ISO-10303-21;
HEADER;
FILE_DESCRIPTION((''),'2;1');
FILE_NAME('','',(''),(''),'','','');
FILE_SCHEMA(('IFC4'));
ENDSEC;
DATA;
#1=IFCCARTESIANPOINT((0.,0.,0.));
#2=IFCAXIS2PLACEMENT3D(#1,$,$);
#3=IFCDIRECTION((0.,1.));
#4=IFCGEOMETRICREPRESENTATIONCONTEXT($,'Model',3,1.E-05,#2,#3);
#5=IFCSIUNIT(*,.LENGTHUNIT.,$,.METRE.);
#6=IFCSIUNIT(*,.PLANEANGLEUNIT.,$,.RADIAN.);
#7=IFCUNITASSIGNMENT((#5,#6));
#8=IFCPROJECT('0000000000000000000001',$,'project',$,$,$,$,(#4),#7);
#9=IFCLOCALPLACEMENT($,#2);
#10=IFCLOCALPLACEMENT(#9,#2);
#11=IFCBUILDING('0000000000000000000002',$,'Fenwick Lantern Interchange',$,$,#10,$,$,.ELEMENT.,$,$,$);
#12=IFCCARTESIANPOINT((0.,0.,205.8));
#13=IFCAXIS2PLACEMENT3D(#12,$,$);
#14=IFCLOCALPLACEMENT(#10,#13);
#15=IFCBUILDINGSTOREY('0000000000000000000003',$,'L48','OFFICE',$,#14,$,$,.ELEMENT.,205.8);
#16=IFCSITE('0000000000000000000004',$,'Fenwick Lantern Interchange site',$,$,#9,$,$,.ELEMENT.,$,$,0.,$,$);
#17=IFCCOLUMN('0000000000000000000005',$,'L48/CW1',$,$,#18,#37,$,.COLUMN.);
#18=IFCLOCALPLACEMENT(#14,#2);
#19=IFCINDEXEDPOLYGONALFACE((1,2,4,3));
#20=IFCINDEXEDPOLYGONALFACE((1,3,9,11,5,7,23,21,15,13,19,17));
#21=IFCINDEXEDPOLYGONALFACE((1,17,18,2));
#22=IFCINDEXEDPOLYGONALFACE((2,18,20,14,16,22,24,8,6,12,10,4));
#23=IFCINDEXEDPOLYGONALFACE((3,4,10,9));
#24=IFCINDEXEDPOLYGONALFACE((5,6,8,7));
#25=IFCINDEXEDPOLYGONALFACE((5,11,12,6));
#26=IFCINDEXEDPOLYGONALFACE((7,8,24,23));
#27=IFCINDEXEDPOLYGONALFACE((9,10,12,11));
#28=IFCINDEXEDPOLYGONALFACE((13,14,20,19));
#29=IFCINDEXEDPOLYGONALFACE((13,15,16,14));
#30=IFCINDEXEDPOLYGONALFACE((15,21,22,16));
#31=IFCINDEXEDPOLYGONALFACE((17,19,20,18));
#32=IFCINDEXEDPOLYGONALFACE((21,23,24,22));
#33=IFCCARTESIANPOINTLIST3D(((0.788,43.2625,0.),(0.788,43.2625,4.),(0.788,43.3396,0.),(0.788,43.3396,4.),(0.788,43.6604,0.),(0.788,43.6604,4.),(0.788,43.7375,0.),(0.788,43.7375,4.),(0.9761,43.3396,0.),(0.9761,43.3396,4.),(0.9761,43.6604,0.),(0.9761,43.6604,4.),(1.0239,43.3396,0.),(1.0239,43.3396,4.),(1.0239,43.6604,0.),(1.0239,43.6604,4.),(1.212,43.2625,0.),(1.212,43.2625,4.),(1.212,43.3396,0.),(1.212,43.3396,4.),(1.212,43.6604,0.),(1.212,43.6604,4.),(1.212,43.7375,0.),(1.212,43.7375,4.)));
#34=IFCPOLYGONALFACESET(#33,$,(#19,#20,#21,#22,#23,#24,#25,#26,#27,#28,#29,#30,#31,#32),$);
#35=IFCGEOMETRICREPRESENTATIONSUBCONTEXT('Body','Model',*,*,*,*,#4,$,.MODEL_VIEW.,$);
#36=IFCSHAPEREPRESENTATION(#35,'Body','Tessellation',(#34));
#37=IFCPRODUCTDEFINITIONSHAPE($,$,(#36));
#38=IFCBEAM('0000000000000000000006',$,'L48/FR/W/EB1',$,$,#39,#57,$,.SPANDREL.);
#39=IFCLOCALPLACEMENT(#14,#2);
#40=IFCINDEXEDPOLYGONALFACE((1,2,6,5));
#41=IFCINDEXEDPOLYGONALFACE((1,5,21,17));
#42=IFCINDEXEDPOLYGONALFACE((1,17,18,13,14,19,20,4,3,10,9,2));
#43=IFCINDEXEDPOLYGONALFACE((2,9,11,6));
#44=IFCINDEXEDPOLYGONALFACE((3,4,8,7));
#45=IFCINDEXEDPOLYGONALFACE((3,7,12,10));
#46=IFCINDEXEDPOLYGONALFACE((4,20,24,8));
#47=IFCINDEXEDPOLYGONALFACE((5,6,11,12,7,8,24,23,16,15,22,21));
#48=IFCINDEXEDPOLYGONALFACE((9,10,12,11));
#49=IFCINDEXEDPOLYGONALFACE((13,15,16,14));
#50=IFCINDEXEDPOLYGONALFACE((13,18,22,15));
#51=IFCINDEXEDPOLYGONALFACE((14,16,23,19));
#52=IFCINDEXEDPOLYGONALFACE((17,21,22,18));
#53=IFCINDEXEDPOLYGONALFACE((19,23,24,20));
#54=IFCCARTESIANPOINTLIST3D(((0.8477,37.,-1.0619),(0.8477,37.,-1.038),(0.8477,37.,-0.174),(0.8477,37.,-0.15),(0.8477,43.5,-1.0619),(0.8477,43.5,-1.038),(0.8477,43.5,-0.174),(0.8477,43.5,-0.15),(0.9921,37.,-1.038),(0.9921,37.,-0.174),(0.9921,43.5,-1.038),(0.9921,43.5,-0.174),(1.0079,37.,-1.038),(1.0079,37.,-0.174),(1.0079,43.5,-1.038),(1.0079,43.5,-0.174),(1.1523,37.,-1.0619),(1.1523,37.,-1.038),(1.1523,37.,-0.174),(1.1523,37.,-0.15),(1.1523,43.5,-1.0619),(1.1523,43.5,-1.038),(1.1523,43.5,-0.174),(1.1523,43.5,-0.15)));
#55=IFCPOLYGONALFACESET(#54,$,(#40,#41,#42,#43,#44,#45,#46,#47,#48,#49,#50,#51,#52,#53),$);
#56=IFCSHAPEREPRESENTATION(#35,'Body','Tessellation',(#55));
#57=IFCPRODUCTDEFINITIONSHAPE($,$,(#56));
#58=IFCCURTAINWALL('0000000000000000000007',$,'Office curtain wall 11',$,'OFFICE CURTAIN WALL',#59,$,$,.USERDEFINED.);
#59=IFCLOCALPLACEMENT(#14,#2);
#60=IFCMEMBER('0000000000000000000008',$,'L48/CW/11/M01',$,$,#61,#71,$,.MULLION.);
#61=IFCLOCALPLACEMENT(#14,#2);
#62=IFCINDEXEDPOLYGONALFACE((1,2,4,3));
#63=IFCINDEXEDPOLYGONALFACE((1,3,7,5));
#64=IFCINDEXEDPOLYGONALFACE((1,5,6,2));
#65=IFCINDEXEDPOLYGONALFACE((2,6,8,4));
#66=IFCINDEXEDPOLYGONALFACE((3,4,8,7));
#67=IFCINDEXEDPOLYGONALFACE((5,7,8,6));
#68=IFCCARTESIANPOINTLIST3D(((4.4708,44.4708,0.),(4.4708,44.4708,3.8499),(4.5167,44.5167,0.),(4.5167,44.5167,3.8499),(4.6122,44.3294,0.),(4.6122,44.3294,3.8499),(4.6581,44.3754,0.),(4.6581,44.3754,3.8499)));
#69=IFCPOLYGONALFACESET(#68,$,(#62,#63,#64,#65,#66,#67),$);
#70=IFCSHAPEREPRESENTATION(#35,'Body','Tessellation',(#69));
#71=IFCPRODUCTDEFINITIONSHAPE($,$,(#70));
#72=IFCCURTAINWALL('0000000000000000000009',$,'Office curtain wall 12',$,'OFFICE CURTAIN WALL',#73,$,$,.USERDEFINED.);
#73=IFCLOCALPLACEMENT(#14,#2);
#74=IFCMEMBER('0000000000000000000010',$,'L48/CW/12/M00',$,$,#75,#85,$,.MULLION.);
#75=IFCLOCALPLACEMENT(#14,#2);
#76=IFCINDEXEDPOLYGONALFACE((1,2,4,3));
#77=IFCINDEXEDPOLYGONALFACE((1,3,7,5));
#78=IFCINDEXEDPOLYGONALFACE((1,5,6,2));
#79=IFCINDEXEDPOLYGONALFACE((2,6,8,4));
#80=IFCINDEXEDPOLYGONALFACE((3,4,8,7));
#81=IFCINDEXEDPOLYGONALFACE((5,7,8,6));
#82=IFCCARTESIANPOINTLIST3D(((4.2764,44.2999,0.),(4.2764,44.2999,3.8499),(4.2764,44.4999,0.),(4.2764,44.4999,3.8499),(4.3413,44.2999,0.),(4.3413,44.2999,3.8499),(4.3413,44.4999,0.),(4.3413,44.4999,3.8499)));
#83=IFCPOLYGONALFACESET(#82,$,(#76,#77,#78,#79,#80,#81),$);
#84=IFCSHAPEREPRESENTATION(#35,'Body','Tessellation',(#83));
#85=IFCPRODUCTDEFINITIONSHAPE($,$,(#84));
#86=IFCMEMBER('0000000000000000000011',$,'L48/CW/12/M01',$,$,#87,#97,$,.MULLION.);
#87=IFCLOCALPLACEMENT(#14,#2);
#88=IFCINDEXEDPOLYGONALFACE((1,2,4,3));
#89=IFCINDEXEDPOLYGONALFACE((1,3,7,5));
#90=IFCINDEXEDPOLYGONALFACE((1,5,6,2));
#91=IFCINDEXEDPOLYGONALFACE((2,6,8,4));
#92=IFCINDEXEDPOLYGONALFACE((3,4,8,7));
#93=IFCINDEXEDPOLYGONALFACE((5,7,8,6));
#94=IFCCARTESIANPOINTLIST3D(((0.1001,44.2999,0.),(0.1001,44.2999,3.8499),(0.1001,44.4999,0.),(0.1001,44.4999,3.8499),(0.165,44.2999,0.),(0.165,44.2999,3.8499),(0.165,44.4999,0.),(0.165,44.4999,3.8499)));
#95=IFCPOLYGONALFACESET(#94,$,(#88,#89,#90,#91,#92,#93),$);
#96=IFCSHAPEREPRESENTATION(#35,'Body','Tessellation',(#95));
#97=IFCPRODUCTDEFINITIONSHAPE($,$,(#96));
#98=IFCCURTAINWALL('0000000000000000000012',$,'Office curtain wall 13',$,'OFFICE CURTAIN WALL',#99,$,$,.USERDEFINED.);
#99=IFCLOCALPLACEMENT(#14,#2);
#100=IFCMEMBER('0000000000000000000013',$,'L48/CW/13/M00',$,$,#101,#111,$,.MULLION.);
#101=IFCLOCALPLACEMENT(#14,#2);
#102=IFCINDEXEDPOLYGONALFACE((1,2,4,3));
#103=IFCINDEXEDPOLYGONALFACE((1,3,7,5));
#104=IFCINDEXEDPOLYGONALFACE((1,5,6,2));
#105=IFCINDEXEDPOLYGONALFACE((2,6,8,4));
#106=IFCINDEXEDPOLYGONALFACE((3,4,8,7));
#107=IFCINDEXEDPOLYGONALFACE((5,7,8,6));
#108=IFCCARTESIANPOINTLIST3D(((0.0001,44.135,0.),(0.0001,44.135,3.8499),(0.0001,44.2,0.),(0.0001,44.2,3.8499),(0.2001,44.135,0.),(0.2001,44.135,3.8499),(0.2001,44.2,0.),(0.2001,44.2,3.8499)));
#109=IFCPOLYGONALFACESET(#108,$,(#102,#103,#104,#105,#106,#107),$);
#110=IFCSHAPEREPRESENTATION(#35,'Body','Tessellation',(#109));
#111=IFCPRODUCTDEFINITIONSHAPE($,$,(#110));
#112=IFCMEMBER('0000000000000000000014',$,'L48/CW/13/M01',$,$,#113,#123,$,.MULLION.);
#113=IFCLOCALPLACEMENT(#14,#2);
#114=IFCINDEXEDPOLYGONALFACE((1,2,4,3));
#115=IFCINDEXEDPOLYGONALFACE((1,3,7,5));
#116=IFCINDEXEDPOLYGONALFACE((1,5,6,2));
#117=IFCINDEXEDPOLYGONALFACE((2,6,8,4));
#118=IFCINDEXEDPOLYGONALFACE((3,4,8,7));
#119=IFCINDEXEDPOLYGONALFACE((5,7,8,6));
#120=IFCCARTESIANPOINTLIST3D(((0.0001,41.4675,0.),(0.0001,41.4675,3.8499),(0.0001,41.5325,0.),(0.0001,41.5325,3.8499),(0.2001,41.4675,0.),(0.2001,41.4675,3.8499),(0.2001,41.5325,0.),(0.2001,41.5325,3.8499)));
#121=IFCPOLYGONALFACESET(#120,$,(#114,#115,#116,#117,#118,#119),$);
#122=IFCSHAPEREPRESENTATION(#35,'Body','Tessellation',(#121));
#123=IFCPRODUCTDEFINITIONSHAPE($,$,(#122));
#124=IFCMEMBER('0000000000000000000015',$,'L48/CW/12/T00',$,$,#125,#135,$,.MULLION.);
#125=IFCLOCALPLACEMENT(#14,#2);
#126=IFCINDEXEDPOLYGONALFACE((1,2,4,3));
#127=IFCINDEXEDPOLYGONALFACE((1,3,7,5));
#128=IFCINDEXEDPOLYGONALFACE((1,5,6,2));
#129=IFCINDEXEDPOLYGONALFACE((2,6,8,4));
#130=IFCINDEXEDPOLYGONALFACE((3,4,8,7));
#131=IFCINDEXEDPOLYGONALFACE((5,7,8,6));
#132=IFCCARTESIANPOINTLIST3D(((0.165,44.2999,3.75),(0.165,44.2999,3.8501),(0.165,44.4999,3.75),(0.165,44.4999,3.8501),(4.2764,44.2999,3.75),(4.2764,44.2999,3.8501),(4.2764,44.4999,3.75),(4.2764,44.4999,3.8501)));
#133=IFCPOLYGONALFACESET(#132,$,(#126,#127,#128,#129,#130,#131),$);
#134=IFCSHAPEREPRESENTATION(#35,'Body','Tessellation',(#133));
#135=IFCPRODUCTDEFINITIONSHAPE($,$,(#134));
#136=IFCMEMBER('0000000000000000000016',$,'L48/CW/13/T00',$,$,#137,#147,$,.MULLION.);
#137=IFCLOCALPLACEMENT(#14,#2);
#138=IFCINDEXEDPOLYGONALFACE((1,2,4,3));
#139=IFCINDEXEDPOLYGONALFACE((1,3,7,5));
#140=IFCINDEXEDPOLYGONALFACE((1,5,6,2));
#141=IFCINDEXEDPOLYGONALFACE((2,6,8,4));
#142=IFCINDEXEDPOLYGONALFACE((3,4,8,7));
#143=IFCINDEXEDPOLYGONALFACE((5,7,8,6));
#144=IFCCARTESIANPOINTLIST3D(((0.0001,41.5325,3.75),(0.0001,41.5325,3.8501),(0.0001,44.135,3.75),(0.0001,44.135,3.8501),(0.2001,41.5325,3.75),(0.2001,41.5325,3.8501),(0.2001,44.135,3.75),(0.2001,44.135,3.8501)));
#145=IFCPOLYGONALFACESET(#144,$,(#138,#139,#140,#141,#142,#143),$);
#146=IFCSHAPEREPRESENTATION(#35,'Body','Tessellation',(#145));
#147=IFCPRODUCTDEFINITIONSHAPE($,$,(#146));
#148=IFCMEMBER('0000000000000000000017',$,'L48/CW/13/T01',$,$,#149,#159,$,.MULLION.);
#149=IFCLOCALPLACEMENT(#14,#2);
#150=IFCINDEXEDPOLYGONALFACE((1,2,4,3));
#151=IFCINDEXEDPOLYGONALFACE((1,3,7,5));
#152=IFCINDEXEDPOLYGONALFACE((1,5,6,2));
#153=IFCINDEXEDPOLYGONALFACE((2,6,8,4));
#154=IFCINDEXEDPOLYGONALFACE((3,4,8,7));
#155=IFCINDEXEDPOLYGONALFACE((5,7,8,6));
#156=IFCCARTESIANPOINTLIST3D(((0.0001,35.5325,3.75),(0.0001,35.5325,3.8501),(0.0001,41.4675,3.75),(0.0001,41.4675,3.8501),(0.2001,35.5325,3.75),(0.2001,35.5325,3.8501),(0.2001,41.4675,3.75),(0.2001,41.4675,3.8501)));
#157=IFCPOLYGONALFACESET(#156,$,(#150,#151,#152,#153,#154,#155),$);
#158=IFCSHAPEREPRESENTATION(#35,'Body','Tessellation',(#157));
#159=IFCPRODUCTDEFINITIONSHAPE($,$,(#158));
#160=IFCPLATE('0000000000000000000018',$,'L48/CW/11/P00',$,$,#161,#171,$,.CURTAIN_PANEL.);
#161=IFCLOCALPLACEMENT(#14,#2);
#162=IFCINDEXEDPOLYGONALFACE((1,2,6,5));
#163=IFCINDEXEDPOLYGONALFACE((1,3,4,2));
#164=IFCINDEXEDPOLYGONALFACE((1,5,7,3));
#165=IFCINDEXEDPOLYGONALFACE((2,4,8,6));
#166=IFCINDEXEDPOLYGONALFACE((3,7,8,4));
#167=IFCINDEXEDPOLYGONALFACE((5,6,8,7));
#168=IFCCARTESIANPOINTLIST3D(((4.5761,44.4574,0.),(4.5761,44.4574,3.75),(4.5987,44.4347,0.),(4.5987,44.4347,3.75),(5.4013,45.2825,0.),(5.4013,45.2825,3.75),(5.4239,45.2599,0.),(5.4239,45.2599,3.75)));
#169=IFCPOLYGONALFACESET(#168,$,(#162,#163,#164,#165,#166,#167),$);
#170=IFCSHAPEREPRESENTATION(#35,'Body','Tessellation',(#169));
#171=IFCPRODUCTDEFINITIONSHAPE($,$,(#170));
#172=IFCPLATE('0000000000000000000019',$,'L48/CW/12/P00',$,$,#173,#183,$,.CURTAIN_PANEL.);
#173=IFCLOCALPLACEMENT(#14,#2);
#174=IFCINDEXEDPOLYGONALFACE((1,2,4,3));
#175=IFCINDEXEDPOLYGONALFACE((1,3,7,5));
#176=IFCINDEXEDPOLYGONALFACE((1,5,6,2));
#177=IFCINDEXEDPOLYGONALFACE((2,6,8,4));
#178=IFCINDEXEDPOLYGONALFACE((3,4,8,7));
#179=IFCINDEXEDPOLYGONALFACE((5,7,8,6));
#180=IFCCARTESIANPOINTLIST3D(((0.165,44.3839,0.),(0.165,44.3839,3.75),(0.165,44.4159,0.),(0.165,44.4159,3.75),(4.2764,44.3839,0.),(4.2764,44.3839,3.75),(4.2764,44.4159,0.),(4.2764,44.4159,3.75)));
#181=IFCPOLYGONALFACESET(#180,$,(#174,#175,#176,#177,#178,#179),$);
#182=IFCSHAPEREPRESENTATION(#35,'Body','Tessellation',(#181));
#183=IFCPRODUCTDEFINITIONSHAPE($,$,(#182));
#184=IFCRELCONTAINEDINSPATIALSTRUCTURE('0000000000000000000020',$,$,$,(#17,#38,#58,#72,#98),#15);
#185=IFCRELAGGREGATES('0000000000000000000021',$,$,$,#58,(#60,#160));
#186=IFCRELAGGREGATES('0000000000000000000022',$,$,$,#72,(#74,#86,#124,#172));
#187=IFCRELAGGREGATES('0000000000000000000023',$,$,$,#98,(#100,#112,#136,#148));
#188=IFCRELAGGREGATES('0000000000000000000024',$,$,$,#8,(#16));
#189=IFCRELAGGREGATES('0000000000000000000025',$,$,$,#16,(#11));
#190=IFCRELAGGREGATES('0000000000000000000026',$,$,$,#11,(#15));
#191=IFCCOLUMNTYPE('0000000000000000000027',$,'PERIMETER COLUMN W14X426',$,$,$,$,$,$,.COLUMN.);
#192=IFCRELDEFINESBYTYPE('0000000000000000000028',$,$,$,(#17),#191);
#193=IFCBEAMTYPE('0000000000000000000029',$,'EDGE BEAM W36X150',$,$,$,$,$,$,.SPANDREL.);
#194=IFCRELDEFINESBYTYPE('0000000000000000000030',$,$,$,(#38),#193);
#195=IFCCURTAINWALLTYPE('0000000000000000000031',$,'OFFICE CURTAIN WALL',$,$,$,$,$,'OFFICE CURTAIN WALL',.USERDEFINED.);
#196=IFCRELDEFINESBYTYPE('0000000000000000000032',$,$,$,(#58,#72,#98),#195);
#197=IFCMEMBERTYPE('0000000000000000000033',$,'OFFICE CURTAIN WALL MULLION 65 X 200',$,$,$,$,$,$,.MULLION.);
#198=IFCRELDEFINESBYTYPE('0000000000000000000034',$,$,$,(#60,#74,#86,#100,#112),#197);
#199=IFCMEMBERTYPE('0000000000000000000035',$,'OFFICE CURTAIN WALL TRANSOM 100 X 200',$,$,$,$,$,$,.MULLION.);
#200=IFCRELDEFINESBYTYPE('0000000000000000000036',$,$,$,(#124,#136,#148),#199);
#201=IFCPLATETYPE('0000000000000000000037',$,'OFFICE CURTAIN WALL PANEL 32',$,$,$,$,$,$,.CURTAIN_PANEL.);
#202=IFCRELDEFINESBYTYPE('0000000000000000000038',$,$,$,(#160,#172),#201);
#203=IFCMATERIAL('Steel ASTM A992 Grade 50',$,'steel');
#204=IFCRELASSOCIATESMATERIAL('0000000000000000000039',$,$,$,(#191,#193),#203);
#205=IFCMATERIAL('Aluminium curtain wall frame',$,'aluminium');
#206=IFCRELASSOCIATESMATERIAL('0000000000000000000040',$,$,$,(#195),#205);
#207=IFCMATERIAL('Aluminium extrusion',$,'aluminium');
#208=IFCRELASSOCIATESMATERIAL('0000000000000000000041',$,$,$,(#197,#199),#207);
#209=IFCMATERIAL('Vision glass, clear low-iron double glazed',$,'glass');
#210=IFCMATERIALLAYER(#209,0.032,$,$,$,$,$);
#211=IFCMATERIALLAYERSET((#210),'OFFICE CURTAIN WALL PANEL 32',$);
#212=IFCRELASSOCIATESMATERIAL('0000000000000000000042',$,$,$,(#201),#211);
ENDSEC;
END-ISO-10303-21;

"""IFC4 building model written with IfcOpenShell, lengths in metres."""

from ifc_helpers import new_model, si_unit, direction, frame, origin, origin_2d, place, context, subcontext, project, spatial, rectangle, i_section, extrude, material, layer, layer_set, material_profile, profile_set, type_object, element, aggregate, save


model = new_model("IFC4")

# Units and contexts
model_context = context("Model", 3, precision=1e-05, world=origin(), true_north=direction((0.0, 1.0)))
body_context = subcontext(model_context, "Body", "Model", "MODEL_VIEW")
ifc_project = project(units=[si_unit("LENGTHUNIT", "METRE"), si_unit("PLANEANGLEUNIT", "RADIAN")], contexts=[model_context])

# Site, building, storey
site_placement = place(None, origin())
site = spatial("IfcSite", under=ifc_project, at=site_placement, Name="Fenwick Lantern Interchange site", CompositionType="ELEMENT", RefElevation=0.0)
building_placement = place(site_placement, origin())
building = spatial("IfcBuilding", under=site, at=building_placement, Name="Fenwick Lantern Interchange", CompositionType="ELEMENT")
storey_placement = place(building_placement, frame((0.0, 0.0, 205.8)))
storey = spatial("IfcBuildingStorey", under=building, at=storey_placement, Name="L48", Description="OFFICE", CompositionType="ELEMENT", Elevation=205.8)

# Column
ifc_material_1 = material(Name="Steel ASTM A992 Grade 50", Category="steel")
ifc_material_profile_1 = material_profile(ifc_material_1, i_section(OverallWidth=0.4241, OverallDepth=0.4751, WebThickness=0.0479, FlangeThickness=0.0771, at=origin_2d()), Name="W14X426")
ifc_profile_set_1 = profile_set([ifc_material_profile_1], Name="Steel ASTM A992 Grade 50")
column_type = type_object("IfcColumnType", Name="PERIMETER COLUMN W14X426", PredefinedType="COLUMN", material=ifc_profile_set_1)
column_placement = place(storey_placement, frame((1.0, 43.5, 0.0), z_axis=(0.0, 0.0, 1.0), x_axis=(1.0, 0.0, 0.0)))
element("IfcColumn", 1, at=column_placement, inside=storey, type_object=column_type, Name="L48/CW1", PredefinedType="COLUMN", context=body_context, shape_type="SweptSolid", body=[
    extrude(i_section(OverallWidth=0.4241, OverallDepth=0.4751, WebThickness=0.0479, FlangeThickness=0.0771, at=origin_2d()), origin(), (0.0, 0.0, 1.0), 4.0),
])

# Beam
ifc_material_profile_2 = material_profile(ifc_material_1, i_section(OverallWidth=0.3047, OverallDepth=0.9119, WebThickness=0.0159, FlangeThickness=0.0239, at=origin_2d()), Name="W36X150")
ifc_profile_set_2 = profile_set([ifc_material_profile_2], Name="Steel ASTM A992 Grade 50")
beam_type = type_object("IfcBeamType", Name="EDGE BEAM W36X150", PredefinedType="SPANDREL", material=ifc_profile_set_2)
beam_placement = place(storey_placement, frame((1.0, 43.5, -0.606), z_axis=(0.0, -1.0, 0.0), x_axis=(1.0, 0.0, 0.0)))
element("IfcBeam", 2, at=beam_placement, inside=storey, type_object=beam_type, Name="L48/FR/W/EB1", PredefinedType="SPANDREL", context=body_context, shape_type="SweptSolid", body=[
    extrude(i_section(OverallWidth=0.3047, OverallDepth=0.9119, WebThickness=0.0159, FlangeThickness=0.0239, at=origin_2d()), origin(), (0.0, 0.0, 1.0), 6.5),
])

# Curtain wall, member
ifc_material_2 = material(Name="Aluminium curtain wall frame", Category="aluminium")
curtain_wall_type = type_object("IfcCurtainWallType", Name="OFFICE CURTAIN WALL", ElementType="OFFICE CURTAIN WALL", PredefinedType="USERDEFINED", material=ifc_material_2)
curtain_wall_1_placement = place(storey_placement, origin())
curtain_wall_1 = element("IfcCurtainWall", 3, at=curtain_wall_1_placement, inside=storey, type_object=curtain_wall_type, Name="Office curtain wall 11", ObjectType="OFFICE CURTAIN WALL", PredefinedType="USERDEFINED")
ifc_material_3 = material(Name="Aluminium extrusion", Category="aluminium")
ifc_material_profile_3 = material_profile(ifc_material_3, rectangle(XDim=0.2, YDim=0.0649, at=origin_2d()), Name="OFFICE CURTAIN WALL MULLION 65 X 200")
ifc_profile_set_3 = profile_set([ifc_material_profile_3], Name="Aluminium extrusion")
member_type_1 = type_object("IfcMemberType", Name="OFFICE CURTAIN WALL MULLION 65 X 200", PredefinedType="MULLION", material=ifc_profile_set_3)
member_1_placement = place(storey_placement, frame((4.5645, 44.4231, 0.0), z_axis=(0.0, 0.0, 1.0), x_axis=(0.707107, -0.707107, 0.0)))
member_1 = element("IfcMember", 4, at=member_1_placement, type_object=member_type_1, Name="L48/CW/11/M01", PredefinedType="MULLION", context=body_context, shape_type="SweptSolid", body=[
    extrude(rectangle(XDim=0.2, YDim=0.0649, at=origin_2d()), origin(), (0.0, 0.0, 1.0), 3.8499),
])

# Curtain walls, members
curtain_wall_2_placement = place(storey_placement, origin())
curtain_wall_2 = element("IfcCurtainWall", 5, at=curtain_wall_2_placement, inside=storey, type_object=curtain_wall_type, Name="Office curtain wall 12", ObjectType="OFFICE CURTAIN WALL", PredefinedType="USERDEFINED")
member_2_placement = place(storey_placement, frame((4.3088, 44.3999, 0.0), z_axis=(0.0, 0.0, 1.0), x_axis=(0.0, -1.0, 0.0)))
member_2 = element("IfcMember", 6, at=member_2_placement, type_object=member_type_1, Name="L48/CW/12/M00", PredefinedType="MULLION", context=body_context, shape_type="SweptSolid", body=[
    extrude(rectangle(XDim=0.2, YDim=0.0649, at=origin_2d()), origin(), (0.0, 0.0, 1.0), 3.8499),
])
member_3_placement = place(storey_placement, frame((0.1326, 44.3999, 0.0), z_axis=(0.0, 0.0, 1.0), x_axis=(0.0, -1.0, 0.0)))
member_3 = element("IfcMember", 7, at=member_3_placement, type_object=member_type_1, Name="L48/CW/12/M01", PredefinedType="MULLION", context=body_context, shape_type="SweptSolid", body=[
    extrude(rectangle(XDim=0.2, YDim=0.0649, at=origin_2d()), origin(), (0.0, 0.0, 1.0), 3.8499),
])
curtain_wall_3_placement = place(storey_placement, origin())
curtain_wall_3 = element("IfcCurtainWall", 8, at=curtain_wall_3_placement, inside=storey, type_object=curtain_wall_type, Name="Office curtain wall 13", ObjectType="OFFICE CURTAIN WALL", PredefinedType="USERDEFINED")
member_4_placement = place(storey_placement, frame((0.1001, 44.1675, 0.0), z_axis=(0.0, 0.0, 1.0), x_axis=(1.0, 0.0, 0.0)))
member_4 = element("IfcMember", 9, at=member_4_placement, type_object=member_type_1, Name="L48/CW/13/M00", PredefinedType="MULLION", context=body_context, shape_type="SweptSolid", body=[
    extrude(rectangle(XDim=0.2, YDim=0.0649, at=origin_2d()), origin(), (0.0, 0.0, 1.0), 3.8499),
])
member_5_placement = place(storey_placement, frame((0.1001, 41.5, 0.0), z_axis=(0.0, 0.0, 1.0), x_axis=(1.0, 0.0, 0.0)))
member_5 = element("IfcMember", 10, at=member_5_placement, type_object=member_type_1, Name="L48/CW/13/M01", PredefinedType="MULLION", context=body_context, shape_type="SweptSolid", body=[
    extrude(rectangle(XDim=0.2, YDim=0.0649, at=origin_2d()), origin(), (0.0, 0.0, 1.0), 3.8499),
])

# Members
ifc_material_profile_4 = material_profile(ifc_material_3, rectangle(XDim=0.2, YDim=0.1001, at=origin_2d()), Name="OFFICE CURTAIN WALL TRANSOM 100 X 200")
ifc_profile_set_4 = profile_set([ifc_material_profile_4], Name="Aluminium extrusion")
member_type_2 = type_object("IfcMemberType", Name="OFFICE CURTAIN WALL TRANSOM 100 X 200", PredefinedType="MULLION", material=ifc_profile_set_4)
member_6_placement = place(storey_placement, frame((4.2764, 44.3999, 3.8), z_axis=(-1.0, 0.0, 0.0), x_axis=(0.0, -1.0, 0.0)))
member_6 = element("IfcMember", 11, at=member_6_placement, type_object=member_type_2, Name="L48/CW/12/T00", PredefinedType="MULLION", context=body_context, shape_type="SweptSolid", body=[
    extrude(rectangle(XDim=0.2, YDim=0.1001, at=origin_2d()), origin(), (0.0, 0.0, 1.0), 4.1113),
])
member_7_placement = place(storey_placement, frame((0.1001, 44.135, 3.8), z_axis=(0.0, -1.0, 0.0), x_axis=(1.0, 0.0, 0.0)))
member_7 = element("IfcMember", 12, at=member_7_placement, type_object=member_type_2, Name="L48/CW/13/T00", PredefinedType="MULLION", context=body_context, shape_type="SweptSolid", body=[
    extrude(rectangle(XDim=0.2, YDim=0.1001, at=origin_2d()), origin(), (0.0, 0.0, 1.0), 2.6025),
])
member_8_placement = place(storey_placement, frame((0.1001, 41.4675, 3.8), z_axis=(0.0, -1.0, 0.0), x_axis=(1.0, 0.0, 0.0)))
member_8 = element("IfcMember", 13, at=member_8_placement, type_object=member_type_2, Name="L48/CW/13/T01", PredefinedType="MULLION", context=body_context, shape_type="SweptSolid", body=[
    extrude(rectangle(XDim=0.2, YDim=0.1001, at=origin_2d()), origin(), (0.0, 0.0, 1.0), 5.9351),
])

# Plates
ifc_material_4 = material(Name="Vision glass, clear low-iron double glazed", Category="glass")
ifc_layer_1 = layer(ifc_material_4, 0.032)
ifc_layer_set_1 = layer_set([ifc_layer_1], Name="OFFICE CURTAIN WALL PANEL 32")
plate_type = type_object("IfcPlateType", Name="OFFICE CURTAIN WALL PANEL 32", PredefinedType="CURTAIN_PANEL", material=ifc_layer_set_1)
plate_1_placement = place(storey_placement, frame((5.0, 44.8586, 0.0), z_axis=(0.0, 0.0, 1.0), x_axis=(-0.707107, -0.707107, 0.0)))
plate_1 = element("IfcPlate", 14, at=plate_1_placement, type_object=plate_type, Name="L48/CW/11/P00", PredefinedType="CURTAIN_PANEL", context=body_context, shape_type="SweptSolid", body=[
    extrude(rectangle(XDim=1.167, YDim=0.032, at=origin_2d()), origin(), (0.0, 0.0, 1.0), 3.75),
])
aggregate(curtain_wall_1, [member_1, plate_1])
plate_2_placement = place(storey_placement, frame((2.2207, 44.3999, 0.0), z_axis=(0.0, 0.0, 1.0), x_axis=(-1.0, 0.0, 0.0)))
plate_2 = element("IfcPlate", 15, at=plate_2_placement, type_object=plate_type, Name="L48/CW/12/P00", PredefinedType="CURTAIN_PANEL", context=body_context, shape_type="SweptSolid", body=[
    extrude(rectangle(XDim=4.1113, YDim=0.032, at=origin_2d()), origin(), (0.0, 0.0, 1.0), 3.75),
])
aggregate(curtain_wall_2, [member_2, member_3, member_6, plate_2])
aggregate(curtain_wall_3, [member_4, member_5, member_7, member_8])

save(model, "model.ifc")
